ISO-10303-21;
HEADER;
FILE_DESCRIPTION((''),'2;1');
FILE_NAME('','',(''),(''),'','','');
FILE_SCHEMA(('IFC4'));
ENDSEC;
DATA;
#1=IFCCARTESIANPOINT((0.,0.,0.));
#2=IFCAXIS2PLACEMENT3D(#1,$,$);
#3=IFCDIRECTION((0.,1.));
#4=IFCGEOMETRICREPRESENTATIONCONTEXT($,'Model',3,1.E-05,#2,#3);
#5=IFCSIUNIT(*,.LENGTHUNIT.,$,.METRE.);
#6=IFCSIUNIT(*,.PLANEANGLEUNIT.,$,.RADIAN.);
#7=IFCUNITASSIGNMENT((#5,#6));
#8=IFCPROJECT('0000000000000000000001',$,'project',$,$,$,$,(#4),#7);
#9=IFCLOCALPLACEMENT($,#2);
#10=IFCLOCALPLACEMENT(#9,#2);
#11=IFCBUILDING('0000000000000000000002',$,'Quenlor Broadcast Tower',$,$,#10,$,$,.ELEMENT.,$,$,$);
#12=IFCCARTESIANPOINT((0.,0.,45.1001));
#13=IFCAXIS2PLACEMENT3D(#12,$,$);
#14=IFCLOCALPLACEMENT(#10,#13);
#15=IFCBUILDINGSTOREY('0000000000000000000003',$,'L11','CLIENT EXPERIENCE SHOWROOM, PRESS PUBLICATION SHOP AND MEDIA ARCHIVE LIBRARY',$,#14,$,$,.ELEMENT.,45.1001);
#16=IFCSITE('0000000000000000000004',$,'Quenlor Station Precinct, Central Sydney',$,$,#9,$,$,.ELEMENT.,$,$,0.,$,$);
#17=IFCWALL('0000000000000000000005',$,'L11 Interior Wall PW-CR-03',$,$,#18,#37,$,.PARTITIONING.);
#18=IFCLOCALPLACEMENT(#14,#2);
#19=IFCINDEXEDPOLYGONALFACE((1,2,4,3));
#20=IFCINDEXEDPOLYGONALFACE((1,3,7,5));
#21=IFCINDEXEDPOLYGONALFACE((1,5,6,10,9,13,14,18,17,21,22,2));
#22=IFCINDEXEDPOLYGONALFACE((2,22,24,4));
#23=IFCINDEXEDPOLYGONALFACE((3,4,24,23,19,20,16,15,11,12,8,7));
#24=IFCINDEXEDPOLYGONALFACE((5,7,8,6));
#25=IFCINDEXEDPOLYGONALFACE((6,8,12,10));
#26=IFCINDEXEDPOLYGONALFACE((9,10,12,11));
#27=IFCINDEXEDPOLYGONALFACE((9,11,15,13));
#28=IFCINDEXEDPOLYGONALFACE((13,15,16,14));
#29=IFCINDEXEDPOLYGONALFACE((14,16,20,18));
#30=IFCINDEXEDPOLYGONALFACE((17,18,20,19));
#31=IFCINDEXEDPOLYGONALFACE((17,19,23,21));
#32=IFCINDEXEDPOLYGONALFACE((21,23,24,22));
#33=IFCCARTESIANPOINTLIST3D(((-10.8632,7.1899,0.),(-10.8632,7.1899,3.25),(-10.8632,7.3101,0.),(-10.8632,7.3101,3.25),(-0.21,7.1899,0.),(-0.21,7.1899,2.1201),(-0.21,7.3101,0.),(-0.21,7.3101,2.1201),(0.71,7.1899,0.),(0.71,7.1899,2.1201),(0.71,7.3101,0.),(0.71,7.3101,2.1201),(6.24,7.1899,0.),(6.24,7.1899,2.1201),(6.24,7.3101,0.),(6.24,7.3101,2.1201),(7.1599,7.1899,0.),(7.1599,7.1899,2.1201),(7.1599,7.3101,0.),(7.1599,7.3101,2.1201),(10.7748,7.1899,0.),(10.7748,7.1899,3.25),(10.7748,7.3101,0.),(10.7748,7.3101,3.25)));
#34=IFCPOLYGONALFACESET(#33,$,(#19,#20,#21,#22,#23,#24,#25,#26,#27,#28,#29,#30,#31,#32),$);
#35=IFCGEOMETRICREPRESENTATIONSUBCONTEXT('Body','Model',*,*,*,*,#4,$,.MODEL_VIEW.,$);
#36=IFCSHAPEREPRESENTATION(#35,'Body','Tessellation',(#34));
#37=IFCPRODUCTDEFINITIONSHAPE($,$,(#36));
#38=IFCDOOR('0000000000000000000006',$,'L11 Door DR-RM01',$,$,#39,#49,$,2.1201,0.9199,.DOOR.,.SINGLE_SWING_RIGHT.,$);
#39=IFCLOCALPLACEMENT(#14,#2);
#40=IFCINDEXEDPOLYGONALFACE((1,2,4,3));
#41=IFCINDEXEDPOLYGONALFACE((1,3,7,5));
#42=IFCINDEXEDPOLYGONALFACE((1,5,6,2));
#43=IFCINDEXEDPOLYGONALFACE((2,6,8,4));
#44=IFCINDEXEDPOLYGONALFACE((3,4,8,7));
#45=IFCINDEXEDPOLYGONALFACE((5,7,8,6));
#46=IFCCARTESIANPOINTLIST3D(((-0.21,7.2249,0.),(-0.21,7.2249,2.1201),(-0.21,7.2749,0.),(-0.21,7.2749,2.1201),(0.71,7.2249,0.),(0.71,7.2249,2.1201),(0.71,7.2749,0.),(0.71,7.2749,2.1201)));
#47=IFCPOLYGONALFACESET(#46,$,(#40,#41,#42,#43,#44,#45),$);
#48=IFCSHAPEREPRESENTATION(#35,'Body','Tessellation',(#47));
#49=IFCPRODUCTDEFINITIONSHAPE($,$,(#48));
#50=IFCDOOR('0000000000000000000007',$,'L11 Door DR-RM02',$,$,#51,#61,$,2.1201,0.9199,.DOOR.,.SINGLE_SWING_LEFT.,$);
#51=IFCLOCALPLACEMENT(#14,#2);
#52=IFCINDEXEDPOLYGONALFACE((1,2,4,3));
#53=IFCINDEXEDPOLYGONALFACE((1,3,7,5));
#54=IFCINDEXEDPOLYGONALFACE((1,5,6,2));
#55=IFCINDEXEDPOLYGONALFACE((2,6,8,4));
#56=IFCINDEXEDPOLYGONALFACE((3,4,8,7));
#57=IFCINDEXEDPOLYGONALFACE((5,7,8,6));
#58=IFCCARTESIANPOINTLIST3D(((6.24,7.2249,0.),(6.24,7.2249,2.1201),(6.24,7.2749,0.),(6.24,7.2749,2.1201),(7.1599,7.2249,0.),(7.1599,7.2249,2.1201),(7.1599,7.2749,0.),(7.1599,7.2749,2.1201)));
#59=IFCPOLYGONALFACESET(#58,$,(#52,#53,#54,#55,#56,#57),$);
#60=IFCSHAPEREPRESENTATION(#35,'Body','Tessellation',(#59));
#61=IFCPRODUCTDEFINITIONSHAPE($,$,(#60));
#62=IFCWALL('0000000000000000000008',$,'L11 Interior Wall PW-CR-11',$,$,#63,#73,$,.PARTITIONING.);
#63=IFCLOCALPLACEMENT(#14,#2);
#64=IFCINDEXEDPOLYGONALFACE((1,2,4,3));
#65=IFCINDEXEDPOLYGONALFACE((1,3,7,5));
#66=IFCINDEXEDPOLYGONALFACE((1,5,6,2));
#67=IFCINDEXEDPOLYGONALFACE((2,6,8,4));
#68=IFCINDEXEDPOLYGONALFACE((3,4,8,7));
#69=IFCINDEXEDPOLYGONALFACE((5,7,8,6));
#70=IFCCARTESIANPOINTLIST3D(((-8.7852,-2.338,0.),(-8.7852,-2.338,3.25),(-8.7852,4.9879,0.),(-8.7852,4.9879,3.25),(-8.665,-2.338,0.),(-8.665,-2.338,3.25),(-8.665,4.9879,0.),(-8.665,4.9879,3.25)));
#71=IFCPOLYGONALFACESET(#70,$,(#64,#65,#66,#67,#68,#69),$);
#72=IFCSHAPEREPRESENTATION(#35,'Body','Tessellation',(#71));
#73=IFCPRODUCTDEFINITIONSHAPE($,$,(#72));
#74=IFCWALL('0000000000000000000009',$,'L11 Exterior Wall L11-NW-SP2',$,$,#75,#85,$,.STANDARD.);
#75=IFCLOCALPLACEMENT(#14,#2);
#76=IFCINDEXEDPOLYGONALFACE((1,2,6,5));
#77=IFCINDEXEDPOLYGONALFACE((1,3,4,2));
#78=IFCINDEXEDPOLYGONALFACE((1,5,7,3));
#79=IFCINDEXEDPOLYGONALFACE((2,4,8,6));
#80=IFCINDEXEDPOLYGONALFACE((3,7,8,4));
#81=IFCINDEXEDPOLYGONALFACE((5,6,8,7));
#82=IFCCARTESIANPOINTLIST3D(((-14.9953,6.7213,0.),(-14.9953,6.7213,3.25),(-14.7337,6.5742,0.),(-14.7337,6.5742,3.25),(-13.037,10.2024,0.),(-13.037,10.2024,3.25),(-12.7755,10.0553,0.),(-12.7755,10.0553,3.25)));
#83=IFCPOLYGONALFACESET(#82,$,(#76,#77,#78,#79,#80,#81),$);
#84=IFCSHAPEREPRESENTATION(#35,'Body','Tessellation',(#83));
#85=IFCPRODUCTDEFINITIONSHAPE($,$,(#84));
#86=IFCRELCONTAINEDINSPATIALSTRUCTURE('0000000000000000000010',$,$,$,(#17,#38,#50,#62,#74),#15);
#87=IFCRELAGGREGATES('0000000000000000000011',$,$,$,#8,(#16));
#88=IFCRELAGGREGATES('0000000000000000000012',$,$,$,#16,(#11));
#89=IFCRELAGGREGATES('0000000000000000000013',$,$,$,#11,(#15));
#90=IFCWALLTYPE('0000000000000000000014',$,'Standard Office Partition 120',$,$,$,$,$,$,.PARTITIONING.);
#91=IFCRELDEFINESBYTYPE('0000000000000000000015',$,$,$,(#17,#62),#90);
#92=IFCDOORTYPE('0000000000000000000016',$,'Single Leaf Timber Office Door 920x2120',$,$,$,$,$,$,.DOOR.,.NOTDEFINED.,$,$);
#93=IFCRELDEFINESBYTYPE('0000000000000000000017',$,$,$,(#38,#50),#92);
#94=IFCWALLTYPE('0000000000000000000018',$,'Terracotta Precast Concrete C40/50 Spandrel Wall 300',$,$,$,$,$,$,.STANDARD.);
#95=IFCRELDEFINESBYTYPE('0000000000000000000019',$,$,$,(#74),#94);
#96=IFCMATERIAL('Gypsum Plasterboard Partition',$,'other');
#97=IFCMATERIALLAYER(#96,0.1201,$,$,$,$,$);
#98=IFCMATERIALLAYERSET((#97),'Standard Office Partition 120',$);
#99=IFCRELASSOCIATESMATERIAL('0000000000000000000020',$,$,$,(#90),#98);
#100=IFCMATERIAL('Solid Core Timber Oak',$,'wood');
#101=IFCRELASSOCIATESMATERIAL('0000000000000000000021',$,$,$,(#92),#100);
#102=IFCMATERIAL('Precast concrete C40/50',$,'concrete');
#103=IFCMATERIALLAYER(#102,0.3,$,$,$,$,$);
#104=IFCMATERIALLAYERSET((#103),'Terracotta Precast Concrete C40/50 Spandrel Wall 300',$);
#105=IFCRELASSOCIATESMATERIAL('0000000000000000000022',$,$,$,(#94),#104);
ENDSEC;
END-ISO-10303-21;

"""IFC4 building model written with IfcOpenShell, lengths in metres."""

from ifc_helpers import new_model, si_unit, direction, frame, frame_2d, origin, place, context, subcontext, project, spatial, rectangle, extrude, material, layer, layer_set, type_object, element, fill, save


model = new_model("IFC4")

# Units and contexts
model_context = context("Model", 3, precision=1e-05, world=origin(), true_north=direction((0.0, 1.0)))
body_context = subcontext(model_context, "Body", "Model", "MODEL_VIEW")
ifc_project = project(units=[si_unit("LENGTHUNIT", "METRE"), si_unit("PLANEANGLEUNIT", "RADIAN")], contexts=[model_context])

# Site, building, storey
site_placement = place(None, origin())
site = spatial("IfcSite", under=ifc_project, at=site_placement, Name="Quenlor Station Precinct, Central Sydney", CompositionType="ELEMENT", RefElevation=0.0)
building_placement = place(site_placement, origin())
building = spatial("IfcBuilding", under=site, at=building_placement, Name="Quenlor Broadcast Tower", CompositionType="ELEMENT")
storey_placement = place(building_placement, frame((0.0, 0.0, 45.1001)))
storey = spatial("IfcBuildingStorey", under=building, at=storey_placement, Name="L11", Description="CLIENT EXPERIENCE SHOWROOM, PRESS PUBLICATION SHOP AND MEDIA ARCHIVE LIBRARY", CompositionType="ELEMENT", Elevation=45.1001)

# Wall, openings, doors
ifc_material_1 = material(Name="Gypsum Plasterboard Partition", Category="other")
ifc_layer_1 = layer(ifc_material_1, 0.1201)
ifc_layer_set_1 = layer_set([ifc_layer_1], Name="Standard Office Partition 120")
wall_type_1 = type_object("IfcWallType", Name="Standard Office Partition 120", PredefinedType="PARTITIONING", material=ifc_layer_set_1)
wall_1_placement = place(storey_placement, frame((-10.863, 7.25, 0.0), z_axis=(0.0, 0.0, 1.0), x_axis=(1.0, 0.0, 0.0)))
wall_1 = element("IfcWall", 1, at=wall_1_placement, inside=storey, type_object=wall_type_1, Name="L11 Interior Wall PW-CR-03", PredefinedType="PARTITIONING", context=body_context, shape_type="SweptSolid", body=[
    extrude(rectangle(XDim=21.6379, YDim=0.1201, at=frame_2d((10.8188, 0.0))), origin(), (0.0, 0.0, 1.0), 3.25),
])
opening_1_placement = place(wall_1_placement, frame((10.6531, 0.0, 0.0)))
opening_1 = element("IfcOpeningElement", 2, at=opening_1_placement, cuts=wall_1, PredefinedType="OPENING", context=body_context, shape_type="SweptSolid", body=[
    extrude(rectangle(XDim=0.9199, YDim=2.1201, at=frame_2d((0.46, 1.0601))), frame((0.0, 0.0701, 0.0), z_axis=(0.0, -1.0, 0.0), x_axis=(1.0, 0.0, 0.0)), (0.0, 0.0, 1.0), 0.1401),
])
opening_2_placement = place(wall_1_placement, frame((17.103, 0.0, 0.0)))
opening_2 = element("IfcOpeningElement", 3, at=opening_2_placement, cuts=wall_1, PredefinedType="OPENING", context=body_context, shape_type="SweptSolid", body=[
    extrude(rectangle(XDim=0.9199, YDim=2.1201, at=frame_2d((0.46, 1.0601))), frame((0.0, 0.0701, 0.0), z_axis=(0.0, -1.0, 0.0), x_axis=(1.0, 0.0, 0.0)), (0.0, 0.0, 1.0), 0.1401),
])
ifc_material_2 = material(Name="Solid Core Timber Oak", Category="wood")
door_type = type_object("IfcDoorType", Name="Single Leaf Timber Office Door 920x2120", OperationType="NOTDEFINED", PredefinedType="DOOR", material=ifc_material_2)
door_1_placement = place(opening_1_placement, origin())
door_1 = element("IfcDoor", 4, at=door_1_placement, inside=storey, type_object=door_type, Name="L11 Door DR-RM01", OperationType="SINGLE_SWING_RIGHT", OverallHeight=2.1201, OverallWidth=0.9199, PredefinedType="DOOR", context=body_context, shape_type="SweptSolid", body=[
    extrude(rectangle(XDim=0.9199, YDim=2.1201, at=frame_2d((0.46, 1.0601))), frame((0.0, 0.0249, 0.0), z_axis=(0.0, -1.0, 0.0), x_axis=(1.0, 0.0, 0.0)), (0.0, 0.0, 1.0), 0.05),
])
fill(opening_1, door_1)
door_2_placement = place(opening_2_placement, origin())
door_2 = element("IfcDoor", 5, at=door_2_placement, inside=storey, type_object=door_type, Name="L11 Door DR-RM02", OperationType="SINGLE_SWING_LEFT", OverallHeight=2.1201, OverallWidth=0.9199, PredefinedType="DOOR", context=body_context, shape_type="SweptSolid", body=[
    extrude(rectangle(XDim=0.9199, YDim=2.1201, at=frame_2d((0.46, 1.0601))), frame((0.0, 0.0249, 0.0), z_axis=(0.0, -1.0, 0.0), x_axis=(1.0, 0.0, 0.0)), (0.0, 0.0, 1.0), 0.05),
])
fill(opening_2, door_2)

# Walls
wall_2_placement = place(storey_placement, frame((-8.7251, 4.988, 0.0), z_axis=(0.0, 0.0, 1.0), x_axis=(0.0, -1.0, 0.0)))
element("IfcWall", 6, at=wall_2_placement, inside=storey, type_object=wall_type_1, Name="L11 Interior Wall PW-CR-11", PredefinedType="PARTITIONING", context=body_context, shape_type="SweptSolid", body=[
    extrude(rectangle(XDim=7.3259, YDim=0.1201, at=frame_2d((3.6631, 0.0))), origin(), (0.0, 0.0, 1.0), 3.25),
])
ifc_material_3 = material(Name="Precast concrete C40/50", Category="concrete")
ifc_layer_2 = layer(ifc_material_3, 0.3)
ifc_layer_set_2 = layer_set([ifc_layer_2], Name="Terracotta Precast Concrete C40/50 Spandrel Wall 300")
wall_type_2 = type_object("IfcWallType", Name="Terracotta Precast Concrete C40/50 Spandrel Wall 300", PredefinedType="STANDARD", material=ifc_layer_set_2)
wall_3_placement = place(storey_placement, frame((-14.8645, 6.6477, 0.0), z_axis=(0.0, 0.0, 1.0), x_axis=(0.490276, 0.871567, 0.0)))
element("IfcWall", 7, at=wall_3_placement, inside=storey, type_object=wall_type_2, Name="L11 Exterior Wall L11-NW-SP2", PredefinedType="STANDARD", context=body_context, shape_type="SweptSolid", body=[
    extrude(rectangle(XDim=3.9941, YDim=0.3, at=frame_2d((1.9971, 0.0))), origin(), (0.0, 0.0, 1.0), 3.25),
])

save(model, "model.ifc")
